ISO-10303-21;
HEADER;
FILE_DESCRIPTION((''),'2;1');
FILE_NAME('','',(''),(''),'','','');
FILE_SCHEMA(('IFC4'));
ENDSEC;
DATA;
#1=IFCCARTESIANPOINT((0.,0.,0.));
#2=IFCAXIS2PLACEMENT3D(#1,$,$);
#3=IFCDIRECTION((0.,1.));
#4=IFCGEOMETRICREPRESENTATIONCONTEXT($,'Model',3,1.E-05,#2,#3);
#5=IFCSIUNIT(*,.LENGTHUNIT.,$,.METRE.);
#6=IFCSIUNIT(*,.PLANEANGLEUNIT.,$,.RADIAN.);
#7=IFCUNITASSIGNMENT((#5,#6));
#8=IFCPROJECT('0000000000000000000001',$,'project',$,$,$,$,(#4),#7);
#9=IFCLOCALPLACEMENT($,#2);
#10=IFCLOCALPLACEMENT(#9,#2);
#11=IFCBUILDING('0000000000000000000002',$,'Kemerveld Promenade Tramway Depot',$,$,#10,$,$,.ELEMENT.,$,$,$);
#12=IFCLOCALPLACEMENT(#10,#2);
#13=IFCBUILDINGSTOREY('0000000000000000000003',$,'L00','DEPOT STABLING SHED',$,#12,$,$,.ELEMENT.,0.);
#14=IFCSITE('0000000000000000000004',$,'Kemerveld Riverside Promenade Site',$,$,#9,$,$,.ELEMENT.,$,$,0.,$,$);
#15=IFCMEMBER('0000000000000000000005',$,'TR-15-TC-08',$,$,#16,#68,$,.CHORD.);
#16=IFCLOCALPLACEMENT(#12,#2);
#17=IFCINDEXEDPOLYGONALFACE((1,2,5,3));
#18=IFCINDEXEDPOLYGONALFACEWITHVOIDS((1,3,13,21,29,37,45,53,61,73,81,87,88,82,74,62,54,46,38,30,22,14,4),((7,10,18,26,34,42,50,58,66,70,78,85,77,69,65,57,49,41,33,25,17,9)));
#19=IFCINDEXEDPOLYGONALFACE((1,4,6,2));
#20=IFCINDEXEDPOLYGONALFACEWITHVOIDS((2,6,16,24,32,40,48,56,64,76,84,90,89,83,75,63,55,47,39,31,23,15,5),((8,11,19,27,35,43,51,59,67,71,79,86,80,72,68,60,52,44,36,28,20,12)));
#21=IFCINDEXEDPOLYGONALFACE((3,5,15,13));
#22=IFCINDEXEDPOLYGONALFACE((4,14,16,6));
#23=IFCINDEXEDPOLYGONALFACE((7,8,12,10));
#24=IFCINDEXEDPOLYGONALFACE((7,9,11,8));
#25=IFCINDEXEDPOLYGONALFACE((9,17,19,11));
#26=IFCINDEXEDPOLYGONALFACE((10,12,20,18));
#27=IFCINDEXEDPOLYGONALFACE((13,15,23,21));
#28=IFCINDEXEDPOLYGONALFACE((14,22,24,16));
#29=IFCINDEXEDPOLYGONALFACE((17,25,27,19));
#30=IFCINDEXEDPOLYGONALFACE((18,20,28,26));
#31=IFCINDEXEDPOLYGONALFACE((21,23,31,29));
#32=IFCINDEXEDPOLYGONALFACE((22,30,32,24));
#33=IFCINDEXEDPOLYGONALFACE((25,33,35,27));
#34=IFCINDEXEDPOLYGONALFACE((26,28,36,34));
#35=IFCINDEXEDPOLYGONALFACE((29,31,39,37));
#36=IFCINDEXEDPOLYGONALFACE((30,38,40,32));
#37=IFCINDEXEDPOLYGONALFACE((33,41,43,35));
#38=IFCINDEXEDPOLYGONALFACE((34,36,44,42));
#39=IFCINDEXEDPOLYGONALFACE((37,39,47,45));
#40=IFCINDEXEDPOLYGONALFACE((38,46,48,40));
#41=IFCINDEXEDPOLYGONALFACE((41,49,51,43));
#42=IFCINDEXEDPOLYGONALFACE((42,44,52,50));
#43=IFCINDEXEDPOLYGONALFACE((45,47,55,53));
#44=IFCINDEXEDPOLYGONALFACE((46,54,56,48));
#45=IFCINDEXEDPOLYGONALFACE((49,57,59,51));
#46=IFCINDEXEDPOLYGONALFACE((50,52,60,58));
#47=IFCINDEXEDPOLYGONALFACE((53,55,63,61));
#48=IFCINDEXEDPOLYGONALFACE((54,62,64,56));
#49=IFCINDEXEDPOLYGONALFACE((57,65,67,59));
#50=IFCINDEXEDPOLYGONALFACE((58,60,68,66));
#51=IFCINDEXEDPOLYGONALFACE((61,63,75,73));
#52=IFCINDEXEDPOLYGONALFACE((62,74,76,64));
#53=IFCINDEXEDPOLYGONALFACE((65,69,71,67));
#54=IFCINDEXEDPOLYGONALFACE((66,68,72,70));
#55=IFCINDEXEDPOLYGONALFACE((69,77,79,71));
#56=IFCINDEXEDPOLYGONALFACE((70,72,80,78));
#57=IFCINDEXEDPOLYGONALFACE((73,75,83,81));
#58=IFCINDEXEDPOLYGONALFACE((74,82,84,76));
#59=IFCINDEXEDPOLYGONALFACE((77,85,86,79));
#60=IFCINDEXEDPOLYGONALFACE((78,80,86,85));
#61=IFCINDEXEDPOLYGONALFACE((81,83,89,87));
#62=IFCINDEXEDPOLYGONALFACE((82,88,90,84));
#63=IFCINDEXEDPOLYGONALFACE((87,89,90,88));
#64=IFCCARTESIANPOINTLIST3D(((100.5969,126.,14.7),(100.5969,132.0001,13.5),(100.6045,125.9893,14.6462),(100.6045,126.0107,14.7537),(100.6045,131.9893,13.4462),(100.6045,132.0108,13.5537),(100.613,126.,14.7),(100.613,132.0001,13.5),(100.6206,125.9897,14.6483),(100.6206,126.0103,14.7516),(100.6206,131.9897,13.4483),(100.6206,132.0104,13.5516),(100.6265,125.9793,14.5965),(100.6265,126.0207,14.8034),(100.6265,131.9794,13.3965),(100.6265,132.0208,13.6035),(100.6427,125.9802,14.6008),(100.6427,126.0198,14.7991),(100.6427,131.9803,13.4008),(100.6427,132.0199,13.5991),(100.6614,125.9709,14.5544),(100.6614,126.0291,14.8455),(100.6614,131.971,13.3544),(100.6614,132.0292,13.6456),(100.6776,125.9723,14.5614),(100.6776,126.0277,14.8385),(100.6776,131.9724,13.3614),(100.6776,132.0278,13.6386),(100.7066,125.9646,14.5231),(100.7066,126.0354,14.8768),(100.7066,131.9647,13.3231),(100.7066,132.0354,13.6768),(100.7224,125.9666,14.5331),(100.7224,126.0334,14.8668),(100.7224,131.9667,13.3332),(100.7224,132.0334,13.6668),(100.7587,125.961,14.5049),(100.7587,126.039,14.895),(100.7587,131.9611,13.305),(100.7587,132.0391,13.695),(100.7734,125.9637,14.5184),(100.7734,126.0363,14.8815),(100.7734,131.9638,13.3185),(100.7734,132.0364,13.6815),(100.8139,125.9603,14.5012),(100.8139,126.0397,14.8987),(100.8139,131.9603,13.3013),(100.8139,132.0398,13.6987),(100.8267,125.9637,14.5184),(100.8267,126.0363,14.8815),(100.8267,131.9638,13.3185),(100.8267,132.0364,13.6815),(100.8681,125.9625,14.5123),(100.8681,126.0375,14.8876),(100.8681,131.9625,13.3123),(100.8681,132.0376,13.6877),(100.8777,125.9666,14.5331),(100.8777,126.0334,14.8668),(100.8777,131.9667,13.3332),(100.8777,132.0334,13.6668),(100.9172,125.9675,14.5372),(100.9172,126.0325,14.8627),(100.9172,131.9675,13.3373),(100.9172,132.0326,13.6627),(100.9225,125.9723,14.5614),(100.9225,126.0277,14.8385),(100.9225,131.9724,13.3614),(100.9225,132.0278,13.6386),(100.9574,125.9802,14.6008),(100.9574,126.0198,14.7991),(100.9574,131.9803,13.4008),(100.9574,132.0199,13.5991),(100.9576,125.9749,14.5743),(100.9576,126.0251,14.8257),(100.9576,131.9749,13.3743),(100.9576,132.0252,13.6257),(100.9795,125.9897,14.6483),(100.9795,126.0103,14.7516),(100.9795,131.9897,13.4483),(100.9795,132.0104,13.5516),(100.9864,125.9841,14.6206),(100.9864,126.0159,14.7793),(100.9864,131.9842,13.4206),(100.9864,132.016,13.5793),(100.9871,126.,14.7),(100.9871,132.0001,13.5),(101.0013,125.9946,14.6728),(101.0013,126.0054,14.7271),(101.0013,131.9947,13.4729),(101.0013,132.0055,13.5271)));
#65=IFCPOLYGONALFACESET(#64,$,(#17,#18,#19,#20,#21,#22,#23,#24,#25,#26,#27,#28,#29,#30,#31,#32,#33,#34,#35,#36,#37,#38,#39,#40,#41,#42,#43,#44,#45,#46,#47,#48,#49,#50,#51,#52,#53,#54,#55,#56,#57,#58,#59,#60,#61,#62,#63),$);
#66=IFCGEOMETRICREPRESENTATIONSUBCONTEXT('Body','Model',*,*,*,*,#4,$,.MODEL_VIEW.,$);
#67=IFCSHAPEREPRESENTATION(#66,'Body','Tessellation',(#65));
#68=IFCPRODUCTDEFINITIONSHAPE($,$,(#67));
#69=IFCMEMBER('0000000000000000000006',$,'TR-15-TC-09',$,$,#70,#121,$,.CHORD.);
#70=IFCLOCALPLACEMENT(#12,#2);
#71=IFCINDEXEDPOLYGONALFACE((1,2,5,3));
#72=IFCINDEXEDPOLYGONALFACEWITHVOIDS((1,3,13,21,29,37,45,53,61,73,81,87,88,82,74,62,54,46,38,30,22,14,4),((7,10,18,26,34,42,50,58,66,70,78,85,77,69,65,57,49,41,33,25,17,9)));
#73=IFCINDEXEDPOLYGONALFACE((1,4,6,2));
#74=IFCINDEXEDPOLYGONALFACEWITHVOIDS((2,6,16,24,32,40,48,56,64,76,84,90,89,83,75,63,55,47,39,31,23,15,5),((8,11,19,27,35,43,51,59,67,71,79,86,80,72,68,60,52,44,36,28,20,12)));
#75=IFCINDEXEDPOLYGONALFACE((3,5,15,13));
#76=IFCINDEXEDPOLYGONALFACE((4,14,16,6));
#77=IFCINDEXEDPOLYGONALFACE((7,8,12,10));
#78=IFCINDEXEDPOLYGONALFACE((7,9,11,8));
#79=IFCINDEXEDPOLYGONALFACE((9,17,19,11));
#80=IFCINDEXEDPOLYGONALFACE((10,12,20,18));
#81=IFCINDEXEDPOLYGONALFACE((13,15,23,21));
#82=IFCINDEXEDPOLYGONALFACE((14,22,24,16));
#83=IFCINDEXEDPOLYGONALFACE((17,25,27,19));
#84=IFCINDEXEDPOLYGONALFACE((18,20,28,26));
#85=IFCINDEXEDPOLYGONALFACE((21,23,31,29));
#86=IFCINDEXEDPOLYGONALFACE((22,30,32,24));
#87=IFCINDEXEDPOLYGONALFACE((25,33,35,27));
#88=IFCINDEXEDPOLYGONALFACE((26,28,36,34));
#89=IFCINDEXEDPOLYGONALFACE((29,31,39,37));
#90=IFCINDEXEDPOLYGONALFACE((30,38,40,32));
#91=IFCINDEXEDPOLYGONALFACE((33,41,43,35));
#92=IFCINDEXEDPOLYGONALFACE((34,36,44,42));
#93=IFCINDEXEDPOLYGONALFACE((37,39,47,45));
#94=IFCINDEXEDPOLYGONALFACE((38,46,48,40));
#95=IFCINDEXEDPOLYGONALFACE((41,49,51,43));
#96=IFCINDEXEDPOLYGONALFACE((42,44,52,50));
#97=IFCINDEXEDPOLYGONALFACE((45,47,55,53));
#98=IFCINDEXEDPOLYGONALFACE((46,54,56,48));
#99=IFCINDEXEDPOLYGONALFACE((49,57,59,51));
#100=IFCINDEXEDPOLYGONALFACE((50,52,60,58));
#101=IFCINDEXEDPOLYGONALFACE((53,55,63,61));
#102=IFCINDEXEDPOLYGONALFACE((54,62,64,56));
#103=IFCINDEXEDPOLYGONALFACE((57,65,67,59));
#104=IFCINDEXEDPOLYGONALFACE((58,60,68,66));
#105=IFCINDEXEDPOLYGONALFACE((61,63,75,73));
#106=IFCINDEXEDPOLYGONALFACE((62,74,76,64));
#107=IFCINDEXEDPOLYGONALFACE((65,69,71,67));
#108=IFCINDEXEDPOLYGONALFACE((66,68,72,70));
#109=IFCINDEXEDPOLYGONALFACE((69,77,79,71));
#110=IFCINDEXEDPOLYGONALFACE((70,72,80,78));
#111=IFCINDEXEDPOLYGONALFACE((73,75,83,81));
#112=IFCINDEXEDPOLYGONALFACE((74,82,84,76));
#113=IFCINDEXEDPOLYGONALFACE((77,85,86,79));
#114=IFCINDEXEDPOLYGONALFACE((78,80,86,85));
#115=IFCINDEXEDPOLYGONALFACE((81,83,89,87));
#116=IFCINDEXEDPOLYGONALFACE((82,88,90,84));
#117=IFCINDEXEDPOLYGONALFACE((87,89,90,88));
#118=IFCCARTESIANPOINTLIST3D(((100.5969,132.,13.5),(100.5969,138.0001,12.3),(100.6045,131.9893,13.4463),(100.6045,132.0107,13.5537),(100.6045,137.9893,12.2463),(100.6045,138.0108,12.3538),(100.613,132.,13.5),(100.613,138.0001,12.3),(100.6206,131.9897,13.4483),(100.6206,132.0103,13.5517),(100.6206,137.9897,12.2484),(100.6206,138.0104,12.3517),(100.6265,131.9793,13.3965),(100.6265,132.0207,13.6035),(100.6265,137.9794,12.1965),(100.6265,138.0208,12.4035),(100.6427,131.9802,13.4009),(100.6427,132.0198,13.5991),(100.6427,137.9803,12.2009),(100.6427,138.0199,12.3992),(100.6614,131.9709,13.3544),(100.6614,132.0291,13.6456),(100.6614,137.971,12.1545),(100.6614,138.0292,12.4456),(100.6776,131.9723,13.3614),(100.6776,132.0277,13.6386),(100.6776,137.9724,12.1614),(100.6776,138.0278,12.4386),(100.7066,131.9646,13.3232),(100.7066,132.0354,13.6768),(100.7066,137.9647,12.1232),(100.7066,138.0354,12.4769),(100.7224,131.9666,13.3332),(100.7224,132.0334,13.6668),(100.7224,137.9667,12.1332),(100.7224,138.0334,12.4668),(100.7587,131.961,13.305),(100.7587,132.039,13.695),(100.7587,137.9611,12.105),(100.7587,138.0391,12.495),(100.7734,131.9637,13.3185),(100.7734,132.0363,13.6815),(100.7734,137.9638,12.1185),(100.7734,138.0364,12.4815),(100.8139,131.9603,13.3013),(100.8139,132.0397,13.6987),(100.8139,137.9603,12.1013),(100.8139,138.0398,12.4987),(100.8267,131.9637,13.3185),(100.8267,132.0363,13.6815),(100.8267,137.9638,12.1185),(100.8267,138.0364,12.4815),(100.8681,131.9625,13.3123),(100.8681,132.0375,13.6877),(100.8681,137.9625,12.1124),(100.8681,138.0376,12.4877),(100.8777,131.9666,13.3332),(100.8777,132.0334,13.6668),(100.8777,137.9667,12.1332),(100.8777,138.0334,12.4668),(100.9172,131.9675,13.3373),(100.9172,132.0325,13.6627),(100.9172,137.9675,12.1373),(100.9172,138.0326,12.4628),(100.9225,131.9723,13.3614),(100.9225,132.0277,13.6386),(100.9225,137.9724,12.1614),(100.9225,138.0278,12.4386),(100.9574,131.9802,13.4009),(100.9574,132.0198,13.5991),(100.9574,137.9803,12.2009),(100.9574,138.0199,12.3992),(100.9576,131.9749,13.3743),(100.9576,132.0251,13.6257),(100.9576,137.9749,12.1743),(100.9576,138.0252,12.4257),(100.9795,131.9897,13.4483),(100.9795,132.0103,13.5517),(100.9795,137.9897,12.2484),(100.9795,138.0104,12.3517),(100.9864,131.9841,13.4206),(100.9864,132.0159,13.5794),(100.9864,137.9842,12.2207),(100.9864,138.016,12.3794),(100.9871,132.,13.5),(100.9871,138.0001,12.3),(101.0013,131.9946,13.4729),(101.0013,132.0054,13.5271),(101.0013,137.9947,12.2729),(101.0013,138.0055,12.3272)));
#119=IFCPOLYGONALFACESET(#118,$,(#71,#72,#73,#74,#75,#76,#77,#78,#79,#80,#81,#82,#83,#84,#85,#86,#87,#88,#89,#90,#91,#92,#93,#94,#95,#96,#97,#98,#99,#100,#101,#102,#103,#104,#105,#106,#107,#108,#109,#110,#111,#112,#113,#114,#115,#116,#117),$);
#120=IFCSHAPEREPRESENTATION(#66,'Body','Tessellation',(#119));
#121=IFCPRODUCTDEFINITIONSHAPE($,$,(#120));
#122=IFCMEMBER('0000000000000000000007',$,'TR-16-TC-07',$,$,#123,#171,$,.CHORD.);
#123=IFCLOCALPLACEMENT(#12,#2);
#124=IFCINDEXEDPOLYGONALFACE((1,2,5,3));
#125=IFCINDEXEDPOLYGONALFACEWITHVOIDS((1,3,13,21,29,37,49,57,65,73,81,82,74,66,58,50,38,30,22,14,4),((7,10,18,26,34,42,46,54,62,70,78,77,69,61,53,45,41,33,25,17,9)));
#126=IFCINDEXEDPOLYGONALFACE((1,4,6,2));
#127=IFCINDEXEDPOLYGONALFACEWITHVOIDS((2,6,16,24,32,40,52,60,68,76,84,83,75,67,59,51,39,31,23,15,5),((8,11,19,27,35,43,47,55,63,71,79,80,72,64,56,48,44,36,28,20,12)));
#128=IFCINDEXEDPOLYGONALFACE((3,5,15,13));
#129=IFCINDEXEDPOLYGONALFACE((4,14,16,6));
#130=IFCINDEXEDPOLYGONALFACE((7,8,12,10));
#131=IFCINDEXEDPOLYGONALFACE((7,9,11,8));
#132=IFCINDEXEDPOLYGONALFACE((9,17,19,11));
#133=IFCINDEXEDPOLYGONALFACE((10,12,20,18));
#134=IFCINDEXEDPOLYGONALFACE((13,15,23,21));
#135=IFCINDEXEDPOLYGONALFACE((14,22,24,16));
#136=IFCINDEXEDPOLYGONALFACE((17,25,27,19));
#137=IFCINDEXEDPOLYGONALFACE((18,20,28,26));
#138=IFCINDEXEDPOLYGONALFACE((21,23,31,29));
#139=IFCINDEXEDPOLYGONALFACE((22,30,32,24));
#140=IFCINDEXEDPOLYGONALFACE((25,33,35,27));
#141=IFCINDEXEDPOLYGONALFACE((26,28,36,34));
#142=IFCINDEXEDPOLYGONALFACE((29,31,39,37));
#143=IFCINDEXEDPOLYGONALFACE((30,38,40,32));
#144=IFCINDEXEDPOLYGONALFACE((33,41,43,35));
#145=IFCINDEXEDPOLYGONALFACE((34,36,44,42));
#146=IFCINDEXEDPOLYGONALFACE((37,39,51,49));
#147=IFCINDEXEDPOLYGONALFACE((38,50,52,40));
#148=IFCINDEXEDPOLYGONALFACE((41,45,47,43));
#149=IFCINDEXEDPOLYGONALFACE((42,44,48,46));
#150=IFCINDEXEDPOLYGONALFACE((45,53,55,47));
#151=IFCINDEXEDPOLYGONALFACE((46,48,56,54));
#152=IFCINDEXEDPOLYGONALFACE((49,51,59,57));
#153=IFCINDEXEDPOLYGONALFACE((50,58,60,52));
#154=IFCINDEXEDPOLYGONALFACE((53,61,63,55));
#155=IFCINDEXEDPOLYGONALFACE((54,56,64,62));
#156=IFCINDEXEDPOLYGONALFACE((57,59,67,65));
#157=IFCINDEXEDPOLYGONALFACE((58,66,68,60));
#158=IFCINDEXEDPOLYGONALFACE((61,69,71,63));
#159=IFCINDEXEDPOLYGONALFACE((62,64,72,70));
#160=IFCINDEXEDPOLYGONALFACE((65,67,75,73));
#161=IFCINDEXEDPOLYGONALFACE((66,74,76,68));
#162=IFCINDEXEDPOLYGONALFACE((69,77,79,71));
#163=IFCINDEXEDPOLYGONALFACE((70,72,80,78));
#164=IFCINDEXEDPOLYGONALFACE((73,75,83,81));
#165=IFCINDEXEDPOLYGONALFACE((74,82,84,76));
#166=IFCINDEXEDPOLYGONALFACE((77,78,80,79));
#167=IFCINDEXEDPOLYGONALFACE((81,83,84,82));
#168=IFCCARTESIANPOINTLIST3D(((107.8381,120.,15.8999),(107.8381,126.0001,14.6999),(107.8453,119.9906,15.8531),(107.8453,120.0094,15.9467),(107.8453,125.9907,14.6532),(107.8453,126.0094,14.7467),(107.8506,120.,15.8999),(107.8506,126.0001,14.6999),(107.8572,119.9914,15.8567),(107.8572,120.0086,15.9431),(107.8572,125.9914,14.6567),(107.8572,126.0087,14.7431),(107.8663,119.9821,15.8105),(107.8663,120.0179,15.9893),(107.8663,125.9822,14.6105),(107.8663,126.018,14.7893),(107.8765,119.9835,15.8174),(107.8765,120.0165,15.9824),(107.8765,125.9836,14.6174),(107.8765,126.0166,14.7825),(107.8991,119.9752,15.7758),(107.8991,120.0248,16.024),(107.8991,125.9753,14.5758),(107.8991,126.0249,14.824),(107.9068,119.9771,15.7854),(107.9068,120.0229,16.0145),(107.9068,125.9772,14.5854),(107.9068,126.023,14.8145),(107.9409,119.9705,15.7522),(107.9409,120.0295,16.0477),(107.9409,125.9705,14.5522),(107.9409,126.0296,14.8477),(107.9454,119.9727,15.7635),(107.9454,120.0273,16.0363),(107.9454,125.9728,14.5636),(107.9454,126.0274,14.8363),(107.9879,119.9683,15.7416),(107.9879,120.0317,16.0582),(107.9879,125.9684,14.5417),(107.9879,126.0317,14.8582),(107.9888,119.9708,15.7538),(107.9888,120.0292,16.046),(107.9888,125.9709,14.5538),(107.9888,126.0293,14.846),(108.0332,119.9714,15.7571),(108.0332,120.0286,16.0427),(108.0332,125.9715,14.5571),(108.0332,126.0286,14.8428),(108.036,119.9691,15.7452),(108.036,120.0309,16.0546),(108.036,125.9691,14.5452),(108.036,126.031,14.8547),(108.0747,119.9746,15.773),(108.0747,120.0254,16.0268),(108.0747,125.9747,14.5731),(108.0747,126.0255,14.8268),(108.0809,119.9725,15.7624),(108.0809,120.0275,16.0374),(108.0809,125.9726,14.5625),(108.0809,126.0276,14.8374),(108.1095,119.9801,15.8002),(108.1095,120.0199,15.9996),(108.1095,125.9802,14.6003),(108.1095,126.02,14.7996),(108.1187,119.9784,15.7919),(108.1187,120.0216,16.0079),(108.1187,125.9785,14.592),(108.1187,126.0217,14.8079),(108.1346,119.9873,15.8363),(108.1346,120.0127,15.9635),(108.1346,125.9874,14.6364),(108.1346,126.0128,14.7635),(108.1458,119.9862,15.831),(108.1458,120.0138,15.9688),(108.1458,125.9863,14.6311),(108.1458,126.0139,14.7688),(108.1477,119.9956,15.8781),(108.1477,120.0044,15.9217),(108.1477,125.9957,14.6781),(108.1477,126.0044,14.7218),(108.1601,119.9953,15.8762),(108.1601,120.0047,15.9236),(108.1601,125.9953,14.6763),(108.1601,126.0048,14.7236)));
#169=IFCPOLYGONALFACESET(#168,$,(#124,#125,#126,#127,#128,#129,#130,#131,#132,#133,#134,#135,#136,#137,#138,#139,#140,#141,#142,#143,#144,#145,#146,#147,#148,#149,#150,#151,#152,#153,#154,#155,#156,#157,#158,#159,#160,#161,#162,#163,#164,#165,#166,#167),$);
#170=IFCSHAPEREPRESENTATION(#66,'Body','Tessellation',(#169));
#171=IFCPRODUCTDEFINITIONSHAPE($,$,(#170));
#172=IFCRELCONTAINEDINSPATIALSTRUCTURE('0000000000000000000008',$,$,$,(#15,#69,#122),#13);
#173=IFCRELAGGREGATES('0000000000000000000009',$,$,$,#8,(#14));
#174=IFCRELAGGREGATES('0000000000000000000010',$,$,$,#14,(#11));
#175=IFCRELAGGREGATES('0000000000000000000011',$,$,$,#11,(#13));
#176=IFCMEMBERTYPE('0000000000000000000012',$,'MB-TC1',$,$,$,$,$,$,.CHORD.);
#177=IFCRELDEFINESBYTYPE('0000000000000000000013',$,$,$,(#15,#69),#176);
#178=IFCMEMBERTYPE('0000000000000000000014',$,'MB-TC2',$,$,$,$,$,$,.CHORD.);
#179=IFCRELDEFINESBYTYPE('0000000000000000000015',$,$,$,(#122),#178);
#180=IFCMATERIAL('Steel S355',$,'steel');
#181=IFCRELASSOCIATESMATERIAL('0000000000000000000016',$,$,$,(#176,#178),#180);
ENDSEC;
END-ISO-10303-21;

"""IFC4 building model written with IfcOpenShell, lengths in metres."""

from ifc_helpers import new_model, si_unit, direction, frame, origin, origin_2d, place, context, subcontext, project, spatial, hollow_circle, extrude, material, material_profile, profile_set, type_object, element, save


model = new_model("IFC4")

# Units and contexts
model_context = context("Model", 3, precision=1e-05, world=origin(), true_north=direction((0.0, 1.0)))
body_context = subcontext(model_context, "Body", "Model", "MODEL_VIEW")
ifc_project = project(units=[si_unit("LENGTHUNIT", "METRE"), si_unit("PLANEANGLEUNIT", "RADIAN")], contexts=[model_context])

# Site, building, storey
site_placement = place(None, origin())
site = spatial("IfcSite", under=ifc_project, at=site_placement, Name="Kemerveld Riverside Promenade Site", CompositionType="ELEMENT", RefElevation=0.0)
building_placement = place(site_placement, origin())
building = spatial("IfcBuilding", under=site, at=building_placement, Name="Kemerveld Promenade Tramway Depot", CompositionType="ELEMENT")
storey_placement = place(building_placement, origin())
storey = spatial("IfcBuildingStorey", under=building, at=storey_placement, Name="L00", Description="DEPOT STABLING SHED", CompositionType="ELEMENT", Elevation=0.0)

# Members
ifc_material_1 = material(Name="Steel S355", Category="steel")
ifc_material_profile_1 = material_profile(ifc_material_1, hollow_circle(Radius=0.2031, WallThickness=0.0161, at=origin_2d()), Name="406.4x16.0 CHS")
ifc_profile_set_1 = profile_set([ifc_material_profile_1], Name="Steel S355")
member_type_1 = type_object("IfcMemberType", Name="MB-TC1", PredefinedType="CHORD", material=ifc_profile_set_1)
for number, where, z_axis, x_axis, name in (
    (1, (100.8, 126.0, 14.7), (0.0, 0.980582, -0.196108), (-1.0, 0.0, 0.0), "TR-15-TC-08"),
    (2, (100.8, 132.0, 13.5), (0.0, 0.980582, -0.196108), (-1.0, 0.0, 0.0), "TR-15-TC-09"),
):
    element("IfcMember", number, at=place(storey_placement, frame(where, z_axis=z_axis, x_axis=x_axis)), inside=storey, type_object=member_type_1, Name=name, PredefinedType="CHORD", context=body_context, shape_type="SweptSolid", body=[
        extrude(hollow_circle(Radius=0.2031, WallThickness=0.0161, at=origin_2d()), origin(), (0.0, 0.0, 1.0), 6.1189),
    ])
ifc_material_profile_2 = material_profile(ifc_material_1, hollow_circle(Radius=0.1619, WallThickness=0.0125, at=origin_2d()), Name="323.9x12.5 CHS")
ifc_profile_set_2 = profile_set([ifc_material_profile_2], Name="Steel S355")
member_type_2 = type_object("IfcMemberType", Name="MB-TC2", PredefinedType="CHORD", material=ifc_profile_set_2)
for number, where, z_axis, x_axis, name in (
    (3, (108.0, 120.0, 15.8999), (0.0, 0.980582, -0.196108), (-1.0, 0.0, 0.0), "TR-16-TC-07"),
):
    element("IfcMember", number, at=place(storey_placement, frame(where, z_axis=z_axis, x_axis=x_axis)), inside=storey, type_object=member_type_2, Name=name, PredefinedType="CHORD", context=body_context, shape_type="SweptSolid", body=[
        extrude(hollow_circle(Radius=0.1619, WallThickness=0.0125, at=origin_2d()), origin(), (0.0, 0.0, 1.0), 6.1189),
    ])

save(model, "model.ifc")
